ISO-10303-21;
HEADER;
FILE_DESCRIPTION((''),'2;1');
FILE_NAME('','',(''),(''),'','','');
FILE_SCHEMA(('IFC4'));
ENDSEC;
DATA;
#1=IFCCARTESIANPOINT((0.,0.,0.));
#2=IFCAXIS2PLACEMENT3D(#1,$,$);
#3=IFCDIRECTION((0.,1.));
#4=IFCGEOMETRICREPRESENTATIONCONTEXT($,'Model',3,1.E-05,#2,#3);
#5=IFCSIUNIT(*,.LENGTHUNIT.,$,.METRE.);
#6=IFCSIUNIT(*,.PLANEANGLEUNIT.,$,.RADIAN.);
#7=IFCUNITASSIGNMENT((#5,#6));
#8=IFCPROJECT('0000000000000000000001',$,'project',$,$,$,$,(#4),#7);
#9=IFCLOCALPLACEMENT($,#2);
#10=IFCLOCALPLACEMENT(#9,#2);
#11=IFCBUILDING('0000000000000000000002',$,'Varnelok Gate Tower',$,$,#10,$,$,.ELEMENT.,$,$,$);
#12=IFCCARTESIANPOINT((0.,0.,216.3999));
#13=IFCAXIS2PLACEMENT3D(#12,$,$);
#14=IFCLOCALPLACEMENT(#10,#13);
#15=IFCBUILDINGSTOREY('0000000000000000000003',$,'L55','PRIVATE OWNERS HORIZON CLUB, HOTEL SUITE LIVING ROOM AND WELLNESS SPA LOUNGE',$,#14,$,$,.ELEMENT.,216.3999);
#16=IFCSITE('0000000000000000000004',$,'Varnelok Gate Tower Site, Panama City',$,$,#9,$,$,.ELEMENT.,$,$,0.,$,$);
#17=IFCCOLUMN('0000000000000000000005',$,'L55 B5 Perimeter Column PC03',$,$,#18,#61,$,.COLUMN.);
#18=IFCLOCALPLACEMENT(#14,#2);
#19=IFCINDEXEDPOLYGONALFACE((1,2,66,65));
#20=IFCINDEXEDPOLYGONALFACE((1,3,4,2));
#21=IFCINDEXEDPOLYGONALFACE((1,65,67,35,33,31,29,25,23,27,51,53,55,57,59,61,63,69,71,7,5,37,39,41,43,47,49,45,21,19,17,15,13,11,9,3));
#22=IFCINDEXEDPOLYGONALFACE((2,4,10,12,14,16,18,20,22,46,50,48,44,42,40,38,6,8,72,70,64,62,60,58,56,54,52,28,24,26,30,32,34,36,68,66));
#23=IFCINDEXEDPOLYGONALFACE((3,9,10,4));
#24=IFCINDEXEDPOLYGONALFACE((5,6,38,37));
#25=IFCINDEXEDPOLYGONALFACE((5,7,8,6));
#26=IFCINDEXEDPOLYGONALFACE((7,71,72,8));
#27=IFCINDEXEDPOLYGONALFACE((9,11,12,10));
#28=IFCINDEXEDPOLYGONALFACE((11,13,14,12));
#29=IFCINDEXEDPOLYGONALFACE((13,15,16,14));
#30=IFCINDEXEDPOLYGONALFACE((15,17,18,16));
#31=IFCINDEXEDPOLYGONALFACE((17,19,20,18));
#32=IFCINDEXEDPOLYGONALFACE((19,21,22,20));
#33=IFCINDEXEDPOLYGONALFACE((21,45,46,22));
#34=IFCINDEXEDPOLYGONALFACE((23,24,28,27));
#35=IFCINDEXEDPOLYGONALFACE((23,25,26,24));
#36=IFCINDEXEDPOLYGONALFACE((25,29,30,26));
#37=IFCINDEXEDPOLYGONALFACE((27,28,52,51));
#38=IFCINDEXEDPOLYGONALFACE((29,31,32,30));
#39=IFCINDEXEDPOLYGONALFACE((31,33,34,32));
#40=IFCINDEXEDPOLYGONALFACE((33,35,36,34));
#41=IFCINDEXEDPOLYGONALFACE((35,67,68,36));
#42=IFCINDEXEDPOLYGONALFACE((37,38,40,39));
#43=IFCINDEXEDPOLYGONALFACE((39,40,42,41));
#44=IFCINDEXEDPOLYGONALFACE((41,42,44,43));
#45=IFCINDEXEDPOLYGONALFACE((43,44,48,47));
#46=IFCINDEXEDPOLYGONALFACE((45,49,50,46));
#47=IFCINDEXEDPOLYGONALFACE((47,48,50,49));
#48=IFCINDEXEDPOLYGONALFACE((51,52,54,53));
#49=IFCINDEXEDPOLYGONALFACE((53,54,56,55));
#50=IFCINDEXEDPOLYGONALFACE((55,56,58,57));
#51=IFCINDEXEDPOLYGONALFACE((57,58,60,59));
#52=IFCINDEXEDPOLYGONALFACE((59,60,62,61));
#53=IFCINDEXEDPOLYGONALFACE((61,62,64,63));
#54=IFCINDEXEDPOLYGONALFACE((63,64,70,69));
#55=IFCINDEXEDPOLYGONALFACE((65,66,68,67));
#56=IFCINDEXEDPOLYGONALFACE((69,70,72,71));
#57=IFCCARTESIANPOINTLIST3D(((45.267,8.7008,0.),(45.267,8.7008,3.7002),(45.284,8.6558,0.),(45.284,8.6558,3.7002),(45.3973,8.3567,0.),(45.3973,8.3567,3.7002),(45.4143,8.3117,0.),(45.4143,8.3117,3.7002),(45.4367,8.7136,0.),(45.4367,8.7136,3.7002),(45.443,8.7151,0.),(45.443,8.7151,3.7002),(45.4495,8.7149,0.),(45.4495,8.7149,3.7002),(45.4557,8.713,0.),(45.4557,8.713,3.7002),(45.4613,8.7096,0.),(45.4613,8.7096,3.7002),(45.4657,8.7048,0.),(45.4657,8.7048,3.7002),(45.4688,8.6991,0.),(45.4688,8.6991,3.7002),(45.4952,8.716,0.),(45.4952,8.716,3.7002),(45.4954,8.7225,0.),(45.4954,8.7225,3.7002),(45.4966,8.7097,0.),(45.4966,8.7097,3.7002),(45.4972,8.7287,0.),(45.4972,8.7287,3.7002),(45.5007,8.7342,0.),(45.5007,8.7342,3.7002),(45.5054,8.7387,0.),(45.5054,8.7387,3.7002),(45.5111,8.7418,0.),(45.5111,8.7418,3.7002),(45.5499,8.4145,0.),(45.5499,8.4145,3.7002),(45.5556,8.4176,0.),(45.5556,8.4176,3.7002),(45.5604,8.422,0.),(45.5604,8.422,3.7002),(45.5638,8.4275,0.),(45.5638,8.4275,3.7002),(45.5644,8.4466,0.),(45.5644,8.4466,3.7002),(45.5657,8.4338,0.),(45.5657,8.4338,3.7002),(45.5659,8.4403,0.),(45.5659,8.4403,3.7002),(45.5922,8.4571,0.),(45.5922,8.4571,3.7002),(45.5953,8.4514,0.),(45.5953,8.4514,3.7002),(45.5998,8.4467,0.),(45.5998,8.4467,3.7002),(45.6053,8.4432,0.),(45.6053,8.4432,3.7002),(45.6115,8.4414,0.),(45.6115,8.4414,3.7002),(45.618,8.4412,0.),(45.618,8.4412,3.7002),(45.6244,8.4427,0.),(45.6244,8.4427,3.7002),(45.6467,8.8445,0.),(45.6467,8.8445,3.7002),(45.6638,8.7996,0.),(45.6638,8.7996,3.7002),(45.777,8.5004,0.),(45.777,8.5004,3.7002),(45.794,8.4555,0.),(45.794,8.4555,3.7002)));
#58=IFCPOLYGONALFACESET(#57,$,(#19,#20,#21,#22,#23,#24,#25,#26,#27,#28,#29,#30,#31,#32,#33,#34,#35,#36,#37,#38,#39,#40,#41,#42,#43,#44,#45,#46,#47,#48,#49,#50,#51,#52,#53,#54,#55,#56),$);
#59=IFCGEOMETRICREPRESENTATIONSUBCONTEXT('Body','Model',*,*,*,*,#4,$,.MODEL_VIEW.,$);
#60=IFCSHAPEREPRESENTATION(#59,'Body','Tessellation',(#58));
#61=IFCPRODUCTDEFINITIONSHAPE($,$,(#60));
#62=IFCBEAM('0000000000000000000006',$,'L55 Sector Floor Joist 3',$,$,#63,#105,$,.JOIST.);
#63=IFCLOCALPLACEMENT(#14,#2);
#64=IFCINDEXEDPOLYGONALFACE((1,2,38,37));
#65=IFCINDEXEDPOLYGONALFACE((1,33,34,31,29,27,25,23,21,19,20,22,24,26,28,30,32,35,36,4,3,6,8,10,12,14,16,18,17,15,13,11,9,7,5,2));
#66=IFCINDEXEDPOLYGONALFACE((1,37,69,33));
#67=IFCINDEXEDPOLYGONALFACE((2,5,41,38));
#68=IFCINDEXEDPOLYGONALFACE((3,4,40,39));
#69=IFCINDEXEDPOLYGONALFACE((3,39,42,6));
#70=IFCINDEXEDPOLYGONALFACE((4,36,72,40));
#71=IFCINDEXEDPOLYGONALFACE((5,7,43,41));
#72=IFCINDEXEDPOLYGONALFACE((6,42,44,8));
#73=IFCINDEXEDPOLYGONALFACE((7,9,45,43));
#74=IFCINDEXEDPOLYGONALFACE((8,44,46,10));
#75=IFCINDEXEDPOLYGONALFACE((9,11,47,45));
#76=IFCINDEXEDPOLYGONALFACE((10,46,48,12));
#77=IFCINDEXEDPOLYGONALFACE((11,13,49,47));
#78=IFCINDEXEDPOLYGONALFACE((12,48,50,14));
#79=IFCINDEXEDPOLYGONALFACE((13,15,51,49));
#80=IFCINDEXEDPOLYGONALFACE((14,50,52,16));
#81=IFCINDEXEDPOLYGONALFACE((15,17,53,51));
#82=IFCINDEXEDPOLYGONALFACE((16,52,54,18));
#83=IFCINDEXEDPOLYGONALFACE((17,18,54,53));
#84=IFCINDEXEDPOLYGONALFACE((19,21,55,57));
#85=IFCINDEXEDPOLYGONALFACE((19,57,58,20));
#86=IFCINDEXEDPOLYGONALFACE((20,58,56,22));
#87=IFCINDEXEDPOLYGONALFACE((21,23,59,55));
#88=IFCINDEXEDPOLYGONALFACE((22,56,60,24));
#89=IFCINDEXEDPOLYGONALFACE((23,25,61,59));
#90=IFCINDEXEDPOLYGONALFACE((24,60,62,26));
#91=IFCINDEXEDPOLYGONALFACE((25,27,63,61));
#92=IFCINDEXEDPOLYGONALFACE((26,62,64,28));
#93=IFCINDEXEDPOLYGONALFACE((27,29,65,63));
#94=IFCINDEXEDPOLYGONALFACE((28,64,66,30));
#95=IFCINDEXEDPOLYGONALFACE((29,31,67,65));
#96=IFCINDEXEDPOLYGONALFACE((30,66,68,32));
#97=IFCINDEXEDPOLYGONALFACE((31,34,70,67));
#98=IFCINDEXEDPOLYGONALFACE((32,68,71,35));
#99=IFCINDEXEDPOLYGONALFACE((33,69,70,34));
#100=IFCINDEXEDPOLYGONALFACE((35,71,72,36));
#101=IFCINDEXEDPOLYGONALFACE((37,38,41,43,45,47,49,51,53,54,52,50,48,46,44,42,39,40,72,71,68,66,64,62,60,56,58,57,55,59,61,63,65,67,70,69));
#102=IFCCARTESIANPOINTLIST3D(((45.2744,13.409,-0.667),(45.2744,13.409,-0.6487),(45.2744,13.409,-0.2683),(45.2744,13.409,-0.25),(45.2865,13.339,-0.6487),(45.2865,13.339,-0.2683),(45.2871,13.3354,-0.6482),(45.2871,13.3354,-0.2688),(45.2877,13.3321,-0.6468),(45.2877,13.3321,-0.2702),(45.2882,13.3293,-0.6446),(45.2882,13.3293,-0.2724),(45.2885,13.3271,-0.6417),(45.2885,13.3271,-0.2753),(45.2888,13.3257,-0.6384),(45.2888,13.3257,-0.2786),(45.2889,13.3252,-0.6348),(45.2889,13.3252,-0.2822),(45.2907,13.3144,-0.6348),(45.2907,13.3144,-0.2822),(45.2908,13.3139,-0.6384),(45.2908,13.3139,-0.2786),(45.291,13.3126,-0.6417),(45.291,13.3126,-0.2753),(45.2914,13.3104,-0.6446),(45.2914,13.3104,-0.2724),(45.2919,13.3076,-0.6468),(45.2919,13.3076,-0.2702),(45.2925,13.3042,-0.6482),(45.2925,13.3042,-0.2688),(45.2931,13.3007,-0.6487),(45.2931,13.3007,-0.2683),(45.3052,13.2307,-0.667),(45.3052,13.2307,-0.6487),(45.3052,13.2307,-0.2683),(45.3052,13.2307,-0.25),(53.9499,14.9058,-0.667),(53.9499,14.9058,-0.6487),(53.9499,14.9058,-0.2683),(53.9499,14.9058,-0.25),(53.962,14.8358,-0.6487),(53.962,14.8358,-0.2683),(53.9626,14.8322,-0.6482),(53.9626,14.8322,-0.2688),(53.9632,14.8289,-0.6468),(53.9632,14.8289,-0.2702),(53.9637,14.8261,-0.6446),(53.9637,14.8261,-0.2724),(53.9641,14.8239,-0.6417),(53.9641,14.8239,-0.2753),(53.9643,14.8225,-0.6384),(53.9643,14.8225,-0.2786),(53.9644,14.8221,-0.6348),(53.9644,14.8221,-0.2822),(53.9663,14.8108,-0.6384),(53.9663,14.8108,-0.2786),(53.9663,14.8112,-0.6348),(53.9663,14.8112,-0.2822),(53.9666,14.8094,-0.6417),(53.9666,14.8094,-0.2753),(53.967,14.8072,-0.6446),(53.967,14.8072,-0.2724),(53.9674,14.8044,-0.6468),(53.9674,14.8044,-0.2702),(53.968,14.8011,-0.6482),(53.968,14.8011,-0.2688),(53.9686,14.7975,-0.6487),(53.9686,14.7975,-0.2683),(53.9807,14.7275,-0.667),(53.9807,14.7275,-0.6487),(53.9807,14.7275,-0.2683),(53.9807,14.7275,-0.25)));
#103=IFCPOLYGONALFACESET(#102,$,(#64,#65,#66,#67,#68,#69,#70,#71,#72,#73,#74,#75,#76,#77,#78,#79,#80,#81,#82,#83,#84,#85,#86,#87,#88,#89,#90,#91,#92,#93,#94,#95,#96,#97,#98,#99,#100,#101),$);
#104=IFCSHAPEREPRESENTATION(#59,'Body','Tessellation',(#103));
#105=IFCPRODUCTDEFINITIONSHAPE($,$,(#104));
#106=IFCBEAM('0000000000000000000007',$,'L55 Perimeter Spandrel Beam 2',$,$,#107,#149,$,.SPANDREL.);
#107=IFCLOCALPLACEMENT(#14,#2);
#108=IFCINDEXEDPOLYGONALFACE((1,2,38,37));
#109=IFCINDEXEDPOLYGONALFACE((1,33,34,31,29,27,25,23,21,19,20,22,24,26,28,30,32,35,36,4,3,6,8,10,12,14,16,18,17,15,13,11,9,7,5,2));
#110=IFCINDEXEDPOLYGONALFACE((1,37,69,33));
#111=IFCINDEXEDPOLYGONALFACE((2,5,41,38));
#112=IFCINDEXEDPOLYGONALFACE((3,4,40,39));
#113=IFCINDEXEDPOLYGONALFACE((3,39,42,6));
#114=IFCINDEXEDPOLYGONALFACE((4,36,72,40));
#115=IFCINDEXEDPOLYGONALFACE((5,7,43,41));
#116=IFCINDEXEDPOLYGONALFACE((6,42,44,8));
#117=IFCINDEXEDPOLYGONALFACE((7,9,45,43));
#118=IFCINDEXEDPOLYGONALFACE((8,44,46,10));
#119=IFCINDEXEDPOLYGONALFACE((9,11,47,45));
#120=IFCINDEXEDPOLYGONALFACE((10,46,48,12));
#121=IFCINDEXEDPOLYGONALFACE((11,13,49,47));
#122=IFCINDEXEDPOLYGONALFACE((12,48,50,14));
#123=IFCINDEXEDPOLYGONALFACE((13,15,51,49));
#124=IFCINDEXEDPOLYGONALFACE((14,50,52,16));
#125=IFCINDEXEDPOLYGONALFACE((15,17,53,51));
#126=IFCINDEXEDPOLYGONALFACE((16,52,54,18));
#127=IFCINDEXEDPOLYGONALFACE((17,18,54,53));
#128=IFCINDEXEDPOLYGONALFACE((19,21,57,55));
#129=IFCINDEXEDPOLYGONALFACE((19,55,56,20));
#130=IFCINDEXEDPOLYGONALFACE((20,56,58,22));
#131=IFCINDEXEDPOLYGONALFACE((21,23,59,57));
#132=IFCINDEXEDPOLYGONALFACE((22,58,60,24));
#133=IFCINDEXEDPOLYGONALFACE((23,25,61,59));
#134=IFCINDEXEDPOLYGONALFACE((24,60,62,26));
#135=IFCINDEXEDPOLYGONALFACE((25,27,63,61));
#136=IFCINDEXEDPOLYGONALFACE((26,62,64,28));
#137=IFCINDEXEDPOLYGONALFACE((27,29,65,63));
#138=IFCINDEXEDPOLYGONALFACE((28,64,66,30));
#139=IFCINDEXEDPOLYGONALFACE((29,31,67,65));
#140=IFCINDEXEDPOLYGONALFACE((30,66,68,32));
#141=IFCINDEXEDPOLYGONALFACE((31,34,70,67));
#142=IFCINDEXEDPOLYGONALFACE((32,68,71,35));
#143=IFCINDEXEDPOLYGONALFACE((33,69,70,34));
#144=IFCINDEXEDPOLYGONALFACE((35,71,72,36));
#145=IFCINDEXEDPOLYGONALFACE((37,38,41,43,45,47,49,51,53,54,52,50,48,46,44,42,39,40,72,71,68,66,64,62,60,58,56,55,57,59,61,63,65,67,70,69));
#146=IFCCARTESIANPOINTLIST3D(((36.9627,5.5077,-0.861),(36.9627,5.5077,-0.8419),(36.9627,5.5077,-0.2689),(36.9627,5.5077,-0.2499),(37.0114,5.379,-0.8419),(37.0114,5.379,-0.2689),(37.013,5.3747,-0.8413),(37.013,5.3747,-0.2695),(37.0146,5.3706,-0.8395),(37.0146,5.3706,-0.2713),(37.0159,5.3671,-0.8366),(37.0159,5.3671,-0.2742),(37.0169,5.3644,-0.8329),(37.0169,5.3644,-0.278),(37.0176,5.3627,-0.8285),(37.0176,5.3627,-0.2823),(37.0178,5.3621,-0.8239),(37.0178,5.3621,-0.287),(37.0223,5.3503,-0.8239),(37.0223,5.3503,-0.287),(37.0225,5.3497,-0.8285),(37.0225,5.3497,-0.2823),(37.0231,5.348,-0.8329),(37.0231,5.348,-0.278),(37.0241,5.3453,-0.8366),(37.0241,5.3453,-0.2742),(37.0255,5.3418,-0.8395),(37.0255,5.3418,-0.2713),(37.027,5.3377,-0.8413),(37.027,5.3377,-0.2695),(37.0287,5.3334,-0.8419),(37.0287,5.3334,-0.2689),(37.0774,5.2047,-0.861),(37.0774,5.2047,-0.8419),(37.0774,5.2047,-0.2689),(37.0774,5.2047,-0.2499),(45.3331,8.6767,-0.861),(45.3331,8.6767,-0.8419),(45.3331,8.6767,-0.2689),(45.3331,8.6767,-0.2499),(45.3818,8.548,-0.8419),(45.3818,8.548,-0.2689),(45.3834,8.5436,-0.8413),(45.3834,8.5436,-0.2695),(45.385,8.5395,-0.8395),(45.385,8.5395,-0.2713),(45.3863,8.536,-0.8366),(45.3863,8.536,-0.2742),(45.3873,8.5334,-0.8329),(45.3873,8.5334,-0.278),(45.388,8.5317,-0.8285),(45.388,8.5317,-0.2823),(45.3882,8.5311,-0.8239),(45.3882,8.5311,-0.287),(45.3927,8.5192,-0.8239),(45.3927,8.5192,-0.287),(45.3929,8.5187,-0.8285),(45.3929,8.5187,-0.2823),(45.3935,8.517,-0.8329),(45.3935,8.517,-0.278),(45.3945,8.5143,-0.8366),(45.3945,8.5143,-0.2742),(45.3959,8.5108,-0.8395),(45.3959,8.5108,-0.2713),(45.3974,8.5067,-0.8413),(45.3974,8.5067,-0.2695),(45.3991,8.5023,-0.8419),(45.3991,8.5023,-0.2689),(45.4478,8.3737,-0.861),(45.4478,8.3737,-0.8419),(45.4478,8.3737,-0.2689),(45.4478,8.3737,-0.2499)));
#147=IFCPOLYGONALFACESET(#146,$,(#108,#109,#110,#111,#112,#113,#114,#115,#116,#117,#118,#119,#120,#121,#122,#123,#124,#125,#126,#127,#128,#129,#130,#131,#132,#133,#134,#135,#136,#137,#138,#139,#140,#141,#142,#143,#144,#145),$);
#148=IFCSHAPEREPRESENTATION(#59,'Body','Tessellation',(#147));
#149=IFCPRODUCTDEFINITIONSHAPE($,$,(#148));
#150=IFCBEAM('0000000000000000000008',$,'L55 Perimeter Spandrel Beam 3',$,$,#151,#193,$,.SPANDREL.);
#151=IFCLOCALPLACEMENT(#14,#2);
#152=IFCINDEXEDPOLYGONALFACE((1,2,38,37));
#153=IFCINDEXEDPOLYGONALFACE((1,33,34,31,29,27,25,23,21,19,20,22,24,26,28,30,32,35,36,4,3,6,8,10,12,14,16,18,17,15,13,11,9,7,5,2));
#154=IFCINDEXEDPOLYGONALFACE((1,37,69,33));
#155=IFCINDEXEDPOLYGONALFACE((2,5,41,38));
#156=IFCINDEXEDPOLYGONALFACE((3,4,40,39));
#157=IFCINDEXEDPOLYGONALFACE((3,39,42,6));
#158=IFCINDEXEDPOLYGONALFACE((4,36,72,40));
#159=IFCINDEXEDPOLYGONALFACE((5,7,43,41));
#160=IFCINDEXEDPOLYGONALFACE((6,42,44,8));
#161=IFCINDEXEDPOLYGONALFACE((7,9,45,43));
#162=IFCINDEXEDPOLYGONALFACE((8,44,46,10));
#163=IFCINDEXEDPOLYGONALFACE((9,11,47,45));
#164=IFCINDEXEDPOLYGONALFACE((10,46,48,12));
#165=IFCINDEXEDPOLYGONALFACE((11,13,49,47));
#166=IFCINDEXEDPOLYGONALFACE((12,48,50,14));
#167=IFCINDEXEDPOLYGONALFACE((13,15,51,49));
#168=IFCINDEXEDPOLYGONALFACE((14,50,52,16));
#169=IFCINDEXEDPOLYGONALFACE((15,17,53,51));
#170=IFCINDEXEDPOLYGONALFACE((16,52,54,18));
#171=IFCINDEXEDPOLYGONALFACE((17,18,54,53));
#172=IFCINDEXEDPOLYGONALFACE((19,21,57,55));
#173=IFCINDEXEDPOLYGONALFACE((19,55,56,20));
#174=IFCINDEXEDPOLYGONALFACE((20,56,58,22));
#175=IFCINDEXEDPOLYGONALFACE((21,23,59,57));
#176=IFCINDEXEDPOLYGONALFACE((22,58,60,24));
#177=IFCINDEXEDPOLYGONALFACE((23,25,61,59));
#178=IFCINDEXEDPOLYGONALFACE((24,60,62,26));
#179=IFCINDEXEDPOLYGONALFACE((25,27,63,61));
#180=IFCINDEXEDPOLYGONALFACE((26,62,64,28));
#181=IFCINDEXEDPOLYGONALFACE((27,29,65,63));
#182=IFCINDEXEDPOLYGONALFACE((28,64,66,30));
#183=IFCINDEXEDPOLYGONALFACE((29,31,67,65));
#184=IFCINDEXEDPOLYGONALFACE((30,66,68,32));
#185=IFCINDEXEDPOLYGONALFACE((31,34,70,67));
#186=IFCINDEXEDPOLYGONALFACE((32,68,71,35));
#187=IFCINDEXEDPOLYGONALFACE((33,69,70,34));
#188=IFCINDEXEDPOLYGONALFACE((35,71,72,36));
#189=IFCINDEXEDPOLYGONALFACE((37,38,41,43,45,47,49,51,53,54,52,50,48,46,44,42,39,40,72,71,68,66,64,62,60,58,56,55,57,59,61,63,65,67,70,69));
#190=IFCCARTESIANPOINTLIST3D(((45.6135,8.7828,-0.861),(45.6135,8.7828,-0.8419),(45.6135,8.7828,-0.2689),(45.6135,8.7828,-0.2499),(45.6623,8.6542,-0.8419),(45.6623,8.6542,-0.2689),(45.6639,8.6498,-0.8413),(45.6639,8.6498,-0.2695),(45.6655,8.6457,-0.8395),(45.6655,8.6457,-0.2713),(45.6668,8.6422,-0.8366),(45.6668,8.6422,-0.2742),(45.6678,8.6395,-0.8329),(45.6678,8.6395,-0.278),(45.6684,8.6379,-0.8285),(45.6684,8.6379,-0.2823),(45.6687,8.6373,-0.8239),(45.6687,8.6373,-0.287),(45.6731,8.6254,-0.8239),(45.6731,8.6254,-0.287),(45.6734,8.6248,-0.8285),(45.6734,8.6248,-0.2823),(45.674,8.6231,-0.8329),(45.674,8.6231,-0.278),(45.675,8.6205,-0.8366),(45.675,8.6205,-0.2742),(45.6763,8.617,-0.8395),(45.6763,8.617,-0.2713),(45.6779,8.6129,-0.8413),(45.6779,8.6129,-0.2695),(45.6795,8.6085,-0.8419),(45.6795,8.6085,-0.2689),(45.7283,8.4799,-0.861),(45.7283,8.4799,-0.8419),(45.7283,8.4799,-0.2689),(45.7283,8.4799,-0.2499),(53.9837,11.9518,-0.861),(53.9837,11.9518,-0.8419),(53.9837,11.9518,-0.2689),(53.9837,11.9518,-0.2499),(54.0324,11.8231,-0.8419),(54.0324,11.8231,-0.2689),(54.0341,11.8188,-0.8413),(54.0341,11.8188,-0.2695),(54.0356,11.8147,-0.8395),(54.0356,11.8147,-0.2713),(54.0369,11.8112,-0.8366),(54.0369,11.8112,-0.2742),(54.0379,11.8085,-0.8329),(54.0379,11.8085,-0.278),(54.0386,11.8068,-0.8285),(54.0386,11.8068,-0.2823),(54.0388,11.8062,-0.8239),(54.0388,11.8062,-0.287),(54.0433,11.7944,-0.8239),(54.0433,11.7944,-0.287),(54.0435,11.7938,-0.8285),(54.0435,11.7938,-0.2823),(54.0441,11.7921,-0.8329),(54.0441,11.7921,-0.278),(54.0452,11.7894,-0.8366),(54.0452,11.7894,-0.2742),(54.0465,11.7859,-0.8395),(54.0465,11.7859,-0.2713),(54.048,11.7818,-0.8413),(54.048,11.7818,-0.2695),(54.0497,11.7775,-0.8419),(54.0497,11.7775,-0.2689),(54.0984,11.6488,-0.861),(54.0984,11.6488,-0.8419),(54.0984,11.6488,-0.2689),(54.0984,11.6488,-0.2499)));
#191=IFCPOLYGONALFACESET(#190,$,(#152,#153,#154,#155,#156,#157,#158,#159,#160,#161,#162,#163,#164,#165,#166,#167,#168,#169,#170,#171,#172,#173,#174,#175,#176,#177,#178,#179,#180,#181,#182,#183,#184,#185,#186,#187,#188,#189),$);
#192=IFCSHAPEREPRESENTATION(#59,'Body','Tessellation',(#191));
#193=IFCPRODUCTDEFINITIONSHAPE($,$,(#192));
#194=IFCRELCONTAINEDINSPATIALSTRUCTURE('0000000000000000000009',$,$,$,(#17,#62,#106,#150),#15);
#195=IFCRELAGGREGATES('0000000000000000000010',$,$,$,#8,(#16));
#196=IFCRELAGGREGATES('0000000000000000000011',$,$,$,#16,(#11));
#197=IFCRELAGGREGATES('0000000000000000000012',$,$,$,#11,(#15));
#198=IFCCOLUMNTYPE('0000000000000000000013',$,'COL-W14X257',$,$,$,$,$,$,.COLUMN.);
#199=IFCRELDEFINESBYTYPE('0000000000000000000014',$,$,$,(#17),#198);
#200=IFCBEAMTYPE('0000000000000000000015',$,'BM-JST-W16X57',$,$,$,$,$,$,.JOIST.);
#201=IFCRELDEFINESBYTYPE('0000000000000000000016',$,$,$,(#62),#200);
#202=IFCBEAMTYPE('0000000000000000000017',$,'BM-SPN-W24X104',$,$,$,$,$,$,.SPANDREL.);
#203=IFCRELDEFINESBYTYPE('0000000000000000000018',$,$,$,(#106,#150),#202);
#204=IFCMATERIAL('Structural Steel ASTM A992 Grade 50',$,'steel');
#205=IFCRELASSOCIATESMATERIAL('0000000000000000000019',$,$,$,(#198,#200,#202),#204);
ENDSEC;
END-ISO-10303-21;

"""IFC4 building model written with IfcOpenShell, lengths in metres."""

from ifc_helpers import new_model, si_unit, direction, frame, origin, origin_2d, place, context, subcontext, project, spatial, i_section, extrude, material, material_profile, profile_set, type_object, element, save


model = new_model("IFC4")

# Units and contexts
model_context = context("Model", 3, precision=1e-05, world=origin(), true_north=direction((0.0, 1.0)))
body_context = subcontext(model_context, "Body", "Model", "MODEL_VIEW")
ifc_project = project(units=[si_unit("LENGTHUNIT", "METRE"), si_unit("PLANEANGLEUNIT", "RADIAN")], contexts=[model_context])

# Site, building, storey
site_placement = place(None, origin())
site = spatial("IfcSite", under=ifc_project, at=site_placement, Name="Varnelok Gate Tower Site, Panama City", CompositionType="ELEMENT", RefElevation=0.0)
building_placement = place(site_placement, origin())
building = spatial("IfcBuilding", under=site, at=building_placement, Name="Varnelok Gate Tower", CompositionType="ELEMENT")
storey_placement = place(building_placement, frame((0.0, 0.0, 216.3999)))
storey = spatial("IfcBuildingStorey", under=building, at=storey_placement, Name="L55", Description="PRIVATE OWNERS HORIZON CLUB, HOTEL SUITE LIVING ROOM AND WELLNESS SPA LOUNGE", CompositionType="ELEMENT", Elevation=216.3999)

# Column
ifc_material_1 = material(Name="Structural Steel ASTM A992 Grade 50", Category="steel")
ifc_material_profile_1 = material_profile(ifc_material_1, i_section(OverallWidth=0.406, OverallDepth=0.416, WebThickness=0.0298, FlangeThickness=0.0481, FilletRadius=0.0249, at=origin_2d()), Name="W14X257")
ifc_profile_set_1 = profile_set([ifc_material_profile_1], Name="Structural Steel ASTM A992 Grade 50")
column_type = type_object("IfcColumnType", Name="COL-W14X257", PredefinedType="COLUMN", material=ifc_profile_set_1)
column_placement = place(storey_placement, frame((45.5305, 8.5781, 0.0), z_axis=(0.0, 0.0, 1.0), x_axis=(0.935222, 0.354063, 0.0)))
element("IfcColumn", 1, at=column_placement, inside=storey, type_object=column_type, Name="L55 B5 Perimeter Column PC03", PredefinedType="COLUMN", context=body_context, shape_type="SweptSolid", body=[
    extrude(i_section(OverallWidth=0.406, OverallDepth=0.416, WebThickness=0.0298, FlangeThickness=0.0481, FilletRadius=0.0249, at=origin_2d()), origin(), (0.0, 0.0, 1.0), 3.7002),
])

# Beams
ifc_material_profile_2 = material_profile(ifc_material_1, i_section(OverallWidth=0.1809, OverallDepth=0.417, WebThickness=0.011, FlangeThickness=0.0183, FilletRadius=0.0139, at=origin_2d()), Name="W16X57")
ifc_profile_set_2 = profile_set([ifc_material_profile_2], Name="Structural Steel ASTM A992 Grade 50")
beam_type_1 = type_object("IfcBeamType", Name="BM-JST-W16X57", PredefinedType="JOIST", material=ifc_profile_set_2)
beam_1_placement = place(storey_placement, frame((45.2898, 13.3198, -0.4585), z_axis=(0.98544, 0.170022, 0.0), x_axis=(-0.170022, 0.98544, 0.0)))
element("IfcBeam", 2, at=beam_1_placement, inside=storey, type_object=beam_type_1, Name="L55 Sector Floor Joist 3", PredefinedType="JOIST", context=body_context, shape_type="SweptSolid", body=[
    extrude(i_section(OverallWidth=0.1809, OverallDepth=0.417, WebThickness=0.011, FlangeThickness=0.0183, FilletRadius=0.0139, at=origin_2d()), origin(), (0.0, 0.0, 1.0), 8.8037),
])
ifc_material_profile_3 = material_profile(ifc_material_1, i_section(OverallWidth=0.324, OverallDepth=0.6111, WebThickness=0.0127, FlangeThickness=0.019, FilletRadius=0.0181, at=origin_2d()), Name="W24X104")
ifc_profile_set_3 = profile_set([ifc_material_profile_3], Name="Structural Steel ASTM A992 Grade 50")
beam_type_2 = type_object("IfcBeamType", Name="BM-SPN-W24X104", PredefinedType="SPANDREL", material=ifc_profile_set_3)
beam_2_placement = place(storey_placement, frame((37.02, 5.3562, -0.5554), z_axis=(0.93522, 0.354066, 0.0), x_axis=(-0.354066, 0.93522, 0.0)))
element("IfcBeam", 3, at=beam_2_placement, inside=storey, type_object=beam_type_2, Name="L55 Perimeter Spandrel Beam 2", PredefinedType="SPANDREL", context=body_context, shape_type="SweptSolid", body=[
    extrude(i_section(OverallWidth=0.324, OverallDepth=0.6111, WebThickness=0.0127, FlangeThickness=0.019, FilletRadius=0.0181, at=origin_2d()), origin(), (0.0, 0.0, 1.0), 8.9502),
])
beam_3_placement = place(storey_placement, frame((45.6709, 8.6313, -0.5554), z_axis=(0.935217, 0.354075, 0.0), x_axis=(-0.354075, 0.935217, 0.0)))
element("IfcBeam", 4, at=beam_3_placement, inside=storey, type_object=beam_type_2, Name="L55 Perimeter Spandrel Beam 3", PredefinedType="SPANDREL", context=body_context, shape_type="SweptSolid", body=[
    extrude(i_section(OverallWidth=0.324, OverallDepth=0.6111, WebThickness=0.0127, FlangeThickness=0.019, FilletRadius=0.0181, at=origin_2d()), origin(), (0.0, 0.0, 1.0), 8.95),
])

save(model, "model.ifc")
